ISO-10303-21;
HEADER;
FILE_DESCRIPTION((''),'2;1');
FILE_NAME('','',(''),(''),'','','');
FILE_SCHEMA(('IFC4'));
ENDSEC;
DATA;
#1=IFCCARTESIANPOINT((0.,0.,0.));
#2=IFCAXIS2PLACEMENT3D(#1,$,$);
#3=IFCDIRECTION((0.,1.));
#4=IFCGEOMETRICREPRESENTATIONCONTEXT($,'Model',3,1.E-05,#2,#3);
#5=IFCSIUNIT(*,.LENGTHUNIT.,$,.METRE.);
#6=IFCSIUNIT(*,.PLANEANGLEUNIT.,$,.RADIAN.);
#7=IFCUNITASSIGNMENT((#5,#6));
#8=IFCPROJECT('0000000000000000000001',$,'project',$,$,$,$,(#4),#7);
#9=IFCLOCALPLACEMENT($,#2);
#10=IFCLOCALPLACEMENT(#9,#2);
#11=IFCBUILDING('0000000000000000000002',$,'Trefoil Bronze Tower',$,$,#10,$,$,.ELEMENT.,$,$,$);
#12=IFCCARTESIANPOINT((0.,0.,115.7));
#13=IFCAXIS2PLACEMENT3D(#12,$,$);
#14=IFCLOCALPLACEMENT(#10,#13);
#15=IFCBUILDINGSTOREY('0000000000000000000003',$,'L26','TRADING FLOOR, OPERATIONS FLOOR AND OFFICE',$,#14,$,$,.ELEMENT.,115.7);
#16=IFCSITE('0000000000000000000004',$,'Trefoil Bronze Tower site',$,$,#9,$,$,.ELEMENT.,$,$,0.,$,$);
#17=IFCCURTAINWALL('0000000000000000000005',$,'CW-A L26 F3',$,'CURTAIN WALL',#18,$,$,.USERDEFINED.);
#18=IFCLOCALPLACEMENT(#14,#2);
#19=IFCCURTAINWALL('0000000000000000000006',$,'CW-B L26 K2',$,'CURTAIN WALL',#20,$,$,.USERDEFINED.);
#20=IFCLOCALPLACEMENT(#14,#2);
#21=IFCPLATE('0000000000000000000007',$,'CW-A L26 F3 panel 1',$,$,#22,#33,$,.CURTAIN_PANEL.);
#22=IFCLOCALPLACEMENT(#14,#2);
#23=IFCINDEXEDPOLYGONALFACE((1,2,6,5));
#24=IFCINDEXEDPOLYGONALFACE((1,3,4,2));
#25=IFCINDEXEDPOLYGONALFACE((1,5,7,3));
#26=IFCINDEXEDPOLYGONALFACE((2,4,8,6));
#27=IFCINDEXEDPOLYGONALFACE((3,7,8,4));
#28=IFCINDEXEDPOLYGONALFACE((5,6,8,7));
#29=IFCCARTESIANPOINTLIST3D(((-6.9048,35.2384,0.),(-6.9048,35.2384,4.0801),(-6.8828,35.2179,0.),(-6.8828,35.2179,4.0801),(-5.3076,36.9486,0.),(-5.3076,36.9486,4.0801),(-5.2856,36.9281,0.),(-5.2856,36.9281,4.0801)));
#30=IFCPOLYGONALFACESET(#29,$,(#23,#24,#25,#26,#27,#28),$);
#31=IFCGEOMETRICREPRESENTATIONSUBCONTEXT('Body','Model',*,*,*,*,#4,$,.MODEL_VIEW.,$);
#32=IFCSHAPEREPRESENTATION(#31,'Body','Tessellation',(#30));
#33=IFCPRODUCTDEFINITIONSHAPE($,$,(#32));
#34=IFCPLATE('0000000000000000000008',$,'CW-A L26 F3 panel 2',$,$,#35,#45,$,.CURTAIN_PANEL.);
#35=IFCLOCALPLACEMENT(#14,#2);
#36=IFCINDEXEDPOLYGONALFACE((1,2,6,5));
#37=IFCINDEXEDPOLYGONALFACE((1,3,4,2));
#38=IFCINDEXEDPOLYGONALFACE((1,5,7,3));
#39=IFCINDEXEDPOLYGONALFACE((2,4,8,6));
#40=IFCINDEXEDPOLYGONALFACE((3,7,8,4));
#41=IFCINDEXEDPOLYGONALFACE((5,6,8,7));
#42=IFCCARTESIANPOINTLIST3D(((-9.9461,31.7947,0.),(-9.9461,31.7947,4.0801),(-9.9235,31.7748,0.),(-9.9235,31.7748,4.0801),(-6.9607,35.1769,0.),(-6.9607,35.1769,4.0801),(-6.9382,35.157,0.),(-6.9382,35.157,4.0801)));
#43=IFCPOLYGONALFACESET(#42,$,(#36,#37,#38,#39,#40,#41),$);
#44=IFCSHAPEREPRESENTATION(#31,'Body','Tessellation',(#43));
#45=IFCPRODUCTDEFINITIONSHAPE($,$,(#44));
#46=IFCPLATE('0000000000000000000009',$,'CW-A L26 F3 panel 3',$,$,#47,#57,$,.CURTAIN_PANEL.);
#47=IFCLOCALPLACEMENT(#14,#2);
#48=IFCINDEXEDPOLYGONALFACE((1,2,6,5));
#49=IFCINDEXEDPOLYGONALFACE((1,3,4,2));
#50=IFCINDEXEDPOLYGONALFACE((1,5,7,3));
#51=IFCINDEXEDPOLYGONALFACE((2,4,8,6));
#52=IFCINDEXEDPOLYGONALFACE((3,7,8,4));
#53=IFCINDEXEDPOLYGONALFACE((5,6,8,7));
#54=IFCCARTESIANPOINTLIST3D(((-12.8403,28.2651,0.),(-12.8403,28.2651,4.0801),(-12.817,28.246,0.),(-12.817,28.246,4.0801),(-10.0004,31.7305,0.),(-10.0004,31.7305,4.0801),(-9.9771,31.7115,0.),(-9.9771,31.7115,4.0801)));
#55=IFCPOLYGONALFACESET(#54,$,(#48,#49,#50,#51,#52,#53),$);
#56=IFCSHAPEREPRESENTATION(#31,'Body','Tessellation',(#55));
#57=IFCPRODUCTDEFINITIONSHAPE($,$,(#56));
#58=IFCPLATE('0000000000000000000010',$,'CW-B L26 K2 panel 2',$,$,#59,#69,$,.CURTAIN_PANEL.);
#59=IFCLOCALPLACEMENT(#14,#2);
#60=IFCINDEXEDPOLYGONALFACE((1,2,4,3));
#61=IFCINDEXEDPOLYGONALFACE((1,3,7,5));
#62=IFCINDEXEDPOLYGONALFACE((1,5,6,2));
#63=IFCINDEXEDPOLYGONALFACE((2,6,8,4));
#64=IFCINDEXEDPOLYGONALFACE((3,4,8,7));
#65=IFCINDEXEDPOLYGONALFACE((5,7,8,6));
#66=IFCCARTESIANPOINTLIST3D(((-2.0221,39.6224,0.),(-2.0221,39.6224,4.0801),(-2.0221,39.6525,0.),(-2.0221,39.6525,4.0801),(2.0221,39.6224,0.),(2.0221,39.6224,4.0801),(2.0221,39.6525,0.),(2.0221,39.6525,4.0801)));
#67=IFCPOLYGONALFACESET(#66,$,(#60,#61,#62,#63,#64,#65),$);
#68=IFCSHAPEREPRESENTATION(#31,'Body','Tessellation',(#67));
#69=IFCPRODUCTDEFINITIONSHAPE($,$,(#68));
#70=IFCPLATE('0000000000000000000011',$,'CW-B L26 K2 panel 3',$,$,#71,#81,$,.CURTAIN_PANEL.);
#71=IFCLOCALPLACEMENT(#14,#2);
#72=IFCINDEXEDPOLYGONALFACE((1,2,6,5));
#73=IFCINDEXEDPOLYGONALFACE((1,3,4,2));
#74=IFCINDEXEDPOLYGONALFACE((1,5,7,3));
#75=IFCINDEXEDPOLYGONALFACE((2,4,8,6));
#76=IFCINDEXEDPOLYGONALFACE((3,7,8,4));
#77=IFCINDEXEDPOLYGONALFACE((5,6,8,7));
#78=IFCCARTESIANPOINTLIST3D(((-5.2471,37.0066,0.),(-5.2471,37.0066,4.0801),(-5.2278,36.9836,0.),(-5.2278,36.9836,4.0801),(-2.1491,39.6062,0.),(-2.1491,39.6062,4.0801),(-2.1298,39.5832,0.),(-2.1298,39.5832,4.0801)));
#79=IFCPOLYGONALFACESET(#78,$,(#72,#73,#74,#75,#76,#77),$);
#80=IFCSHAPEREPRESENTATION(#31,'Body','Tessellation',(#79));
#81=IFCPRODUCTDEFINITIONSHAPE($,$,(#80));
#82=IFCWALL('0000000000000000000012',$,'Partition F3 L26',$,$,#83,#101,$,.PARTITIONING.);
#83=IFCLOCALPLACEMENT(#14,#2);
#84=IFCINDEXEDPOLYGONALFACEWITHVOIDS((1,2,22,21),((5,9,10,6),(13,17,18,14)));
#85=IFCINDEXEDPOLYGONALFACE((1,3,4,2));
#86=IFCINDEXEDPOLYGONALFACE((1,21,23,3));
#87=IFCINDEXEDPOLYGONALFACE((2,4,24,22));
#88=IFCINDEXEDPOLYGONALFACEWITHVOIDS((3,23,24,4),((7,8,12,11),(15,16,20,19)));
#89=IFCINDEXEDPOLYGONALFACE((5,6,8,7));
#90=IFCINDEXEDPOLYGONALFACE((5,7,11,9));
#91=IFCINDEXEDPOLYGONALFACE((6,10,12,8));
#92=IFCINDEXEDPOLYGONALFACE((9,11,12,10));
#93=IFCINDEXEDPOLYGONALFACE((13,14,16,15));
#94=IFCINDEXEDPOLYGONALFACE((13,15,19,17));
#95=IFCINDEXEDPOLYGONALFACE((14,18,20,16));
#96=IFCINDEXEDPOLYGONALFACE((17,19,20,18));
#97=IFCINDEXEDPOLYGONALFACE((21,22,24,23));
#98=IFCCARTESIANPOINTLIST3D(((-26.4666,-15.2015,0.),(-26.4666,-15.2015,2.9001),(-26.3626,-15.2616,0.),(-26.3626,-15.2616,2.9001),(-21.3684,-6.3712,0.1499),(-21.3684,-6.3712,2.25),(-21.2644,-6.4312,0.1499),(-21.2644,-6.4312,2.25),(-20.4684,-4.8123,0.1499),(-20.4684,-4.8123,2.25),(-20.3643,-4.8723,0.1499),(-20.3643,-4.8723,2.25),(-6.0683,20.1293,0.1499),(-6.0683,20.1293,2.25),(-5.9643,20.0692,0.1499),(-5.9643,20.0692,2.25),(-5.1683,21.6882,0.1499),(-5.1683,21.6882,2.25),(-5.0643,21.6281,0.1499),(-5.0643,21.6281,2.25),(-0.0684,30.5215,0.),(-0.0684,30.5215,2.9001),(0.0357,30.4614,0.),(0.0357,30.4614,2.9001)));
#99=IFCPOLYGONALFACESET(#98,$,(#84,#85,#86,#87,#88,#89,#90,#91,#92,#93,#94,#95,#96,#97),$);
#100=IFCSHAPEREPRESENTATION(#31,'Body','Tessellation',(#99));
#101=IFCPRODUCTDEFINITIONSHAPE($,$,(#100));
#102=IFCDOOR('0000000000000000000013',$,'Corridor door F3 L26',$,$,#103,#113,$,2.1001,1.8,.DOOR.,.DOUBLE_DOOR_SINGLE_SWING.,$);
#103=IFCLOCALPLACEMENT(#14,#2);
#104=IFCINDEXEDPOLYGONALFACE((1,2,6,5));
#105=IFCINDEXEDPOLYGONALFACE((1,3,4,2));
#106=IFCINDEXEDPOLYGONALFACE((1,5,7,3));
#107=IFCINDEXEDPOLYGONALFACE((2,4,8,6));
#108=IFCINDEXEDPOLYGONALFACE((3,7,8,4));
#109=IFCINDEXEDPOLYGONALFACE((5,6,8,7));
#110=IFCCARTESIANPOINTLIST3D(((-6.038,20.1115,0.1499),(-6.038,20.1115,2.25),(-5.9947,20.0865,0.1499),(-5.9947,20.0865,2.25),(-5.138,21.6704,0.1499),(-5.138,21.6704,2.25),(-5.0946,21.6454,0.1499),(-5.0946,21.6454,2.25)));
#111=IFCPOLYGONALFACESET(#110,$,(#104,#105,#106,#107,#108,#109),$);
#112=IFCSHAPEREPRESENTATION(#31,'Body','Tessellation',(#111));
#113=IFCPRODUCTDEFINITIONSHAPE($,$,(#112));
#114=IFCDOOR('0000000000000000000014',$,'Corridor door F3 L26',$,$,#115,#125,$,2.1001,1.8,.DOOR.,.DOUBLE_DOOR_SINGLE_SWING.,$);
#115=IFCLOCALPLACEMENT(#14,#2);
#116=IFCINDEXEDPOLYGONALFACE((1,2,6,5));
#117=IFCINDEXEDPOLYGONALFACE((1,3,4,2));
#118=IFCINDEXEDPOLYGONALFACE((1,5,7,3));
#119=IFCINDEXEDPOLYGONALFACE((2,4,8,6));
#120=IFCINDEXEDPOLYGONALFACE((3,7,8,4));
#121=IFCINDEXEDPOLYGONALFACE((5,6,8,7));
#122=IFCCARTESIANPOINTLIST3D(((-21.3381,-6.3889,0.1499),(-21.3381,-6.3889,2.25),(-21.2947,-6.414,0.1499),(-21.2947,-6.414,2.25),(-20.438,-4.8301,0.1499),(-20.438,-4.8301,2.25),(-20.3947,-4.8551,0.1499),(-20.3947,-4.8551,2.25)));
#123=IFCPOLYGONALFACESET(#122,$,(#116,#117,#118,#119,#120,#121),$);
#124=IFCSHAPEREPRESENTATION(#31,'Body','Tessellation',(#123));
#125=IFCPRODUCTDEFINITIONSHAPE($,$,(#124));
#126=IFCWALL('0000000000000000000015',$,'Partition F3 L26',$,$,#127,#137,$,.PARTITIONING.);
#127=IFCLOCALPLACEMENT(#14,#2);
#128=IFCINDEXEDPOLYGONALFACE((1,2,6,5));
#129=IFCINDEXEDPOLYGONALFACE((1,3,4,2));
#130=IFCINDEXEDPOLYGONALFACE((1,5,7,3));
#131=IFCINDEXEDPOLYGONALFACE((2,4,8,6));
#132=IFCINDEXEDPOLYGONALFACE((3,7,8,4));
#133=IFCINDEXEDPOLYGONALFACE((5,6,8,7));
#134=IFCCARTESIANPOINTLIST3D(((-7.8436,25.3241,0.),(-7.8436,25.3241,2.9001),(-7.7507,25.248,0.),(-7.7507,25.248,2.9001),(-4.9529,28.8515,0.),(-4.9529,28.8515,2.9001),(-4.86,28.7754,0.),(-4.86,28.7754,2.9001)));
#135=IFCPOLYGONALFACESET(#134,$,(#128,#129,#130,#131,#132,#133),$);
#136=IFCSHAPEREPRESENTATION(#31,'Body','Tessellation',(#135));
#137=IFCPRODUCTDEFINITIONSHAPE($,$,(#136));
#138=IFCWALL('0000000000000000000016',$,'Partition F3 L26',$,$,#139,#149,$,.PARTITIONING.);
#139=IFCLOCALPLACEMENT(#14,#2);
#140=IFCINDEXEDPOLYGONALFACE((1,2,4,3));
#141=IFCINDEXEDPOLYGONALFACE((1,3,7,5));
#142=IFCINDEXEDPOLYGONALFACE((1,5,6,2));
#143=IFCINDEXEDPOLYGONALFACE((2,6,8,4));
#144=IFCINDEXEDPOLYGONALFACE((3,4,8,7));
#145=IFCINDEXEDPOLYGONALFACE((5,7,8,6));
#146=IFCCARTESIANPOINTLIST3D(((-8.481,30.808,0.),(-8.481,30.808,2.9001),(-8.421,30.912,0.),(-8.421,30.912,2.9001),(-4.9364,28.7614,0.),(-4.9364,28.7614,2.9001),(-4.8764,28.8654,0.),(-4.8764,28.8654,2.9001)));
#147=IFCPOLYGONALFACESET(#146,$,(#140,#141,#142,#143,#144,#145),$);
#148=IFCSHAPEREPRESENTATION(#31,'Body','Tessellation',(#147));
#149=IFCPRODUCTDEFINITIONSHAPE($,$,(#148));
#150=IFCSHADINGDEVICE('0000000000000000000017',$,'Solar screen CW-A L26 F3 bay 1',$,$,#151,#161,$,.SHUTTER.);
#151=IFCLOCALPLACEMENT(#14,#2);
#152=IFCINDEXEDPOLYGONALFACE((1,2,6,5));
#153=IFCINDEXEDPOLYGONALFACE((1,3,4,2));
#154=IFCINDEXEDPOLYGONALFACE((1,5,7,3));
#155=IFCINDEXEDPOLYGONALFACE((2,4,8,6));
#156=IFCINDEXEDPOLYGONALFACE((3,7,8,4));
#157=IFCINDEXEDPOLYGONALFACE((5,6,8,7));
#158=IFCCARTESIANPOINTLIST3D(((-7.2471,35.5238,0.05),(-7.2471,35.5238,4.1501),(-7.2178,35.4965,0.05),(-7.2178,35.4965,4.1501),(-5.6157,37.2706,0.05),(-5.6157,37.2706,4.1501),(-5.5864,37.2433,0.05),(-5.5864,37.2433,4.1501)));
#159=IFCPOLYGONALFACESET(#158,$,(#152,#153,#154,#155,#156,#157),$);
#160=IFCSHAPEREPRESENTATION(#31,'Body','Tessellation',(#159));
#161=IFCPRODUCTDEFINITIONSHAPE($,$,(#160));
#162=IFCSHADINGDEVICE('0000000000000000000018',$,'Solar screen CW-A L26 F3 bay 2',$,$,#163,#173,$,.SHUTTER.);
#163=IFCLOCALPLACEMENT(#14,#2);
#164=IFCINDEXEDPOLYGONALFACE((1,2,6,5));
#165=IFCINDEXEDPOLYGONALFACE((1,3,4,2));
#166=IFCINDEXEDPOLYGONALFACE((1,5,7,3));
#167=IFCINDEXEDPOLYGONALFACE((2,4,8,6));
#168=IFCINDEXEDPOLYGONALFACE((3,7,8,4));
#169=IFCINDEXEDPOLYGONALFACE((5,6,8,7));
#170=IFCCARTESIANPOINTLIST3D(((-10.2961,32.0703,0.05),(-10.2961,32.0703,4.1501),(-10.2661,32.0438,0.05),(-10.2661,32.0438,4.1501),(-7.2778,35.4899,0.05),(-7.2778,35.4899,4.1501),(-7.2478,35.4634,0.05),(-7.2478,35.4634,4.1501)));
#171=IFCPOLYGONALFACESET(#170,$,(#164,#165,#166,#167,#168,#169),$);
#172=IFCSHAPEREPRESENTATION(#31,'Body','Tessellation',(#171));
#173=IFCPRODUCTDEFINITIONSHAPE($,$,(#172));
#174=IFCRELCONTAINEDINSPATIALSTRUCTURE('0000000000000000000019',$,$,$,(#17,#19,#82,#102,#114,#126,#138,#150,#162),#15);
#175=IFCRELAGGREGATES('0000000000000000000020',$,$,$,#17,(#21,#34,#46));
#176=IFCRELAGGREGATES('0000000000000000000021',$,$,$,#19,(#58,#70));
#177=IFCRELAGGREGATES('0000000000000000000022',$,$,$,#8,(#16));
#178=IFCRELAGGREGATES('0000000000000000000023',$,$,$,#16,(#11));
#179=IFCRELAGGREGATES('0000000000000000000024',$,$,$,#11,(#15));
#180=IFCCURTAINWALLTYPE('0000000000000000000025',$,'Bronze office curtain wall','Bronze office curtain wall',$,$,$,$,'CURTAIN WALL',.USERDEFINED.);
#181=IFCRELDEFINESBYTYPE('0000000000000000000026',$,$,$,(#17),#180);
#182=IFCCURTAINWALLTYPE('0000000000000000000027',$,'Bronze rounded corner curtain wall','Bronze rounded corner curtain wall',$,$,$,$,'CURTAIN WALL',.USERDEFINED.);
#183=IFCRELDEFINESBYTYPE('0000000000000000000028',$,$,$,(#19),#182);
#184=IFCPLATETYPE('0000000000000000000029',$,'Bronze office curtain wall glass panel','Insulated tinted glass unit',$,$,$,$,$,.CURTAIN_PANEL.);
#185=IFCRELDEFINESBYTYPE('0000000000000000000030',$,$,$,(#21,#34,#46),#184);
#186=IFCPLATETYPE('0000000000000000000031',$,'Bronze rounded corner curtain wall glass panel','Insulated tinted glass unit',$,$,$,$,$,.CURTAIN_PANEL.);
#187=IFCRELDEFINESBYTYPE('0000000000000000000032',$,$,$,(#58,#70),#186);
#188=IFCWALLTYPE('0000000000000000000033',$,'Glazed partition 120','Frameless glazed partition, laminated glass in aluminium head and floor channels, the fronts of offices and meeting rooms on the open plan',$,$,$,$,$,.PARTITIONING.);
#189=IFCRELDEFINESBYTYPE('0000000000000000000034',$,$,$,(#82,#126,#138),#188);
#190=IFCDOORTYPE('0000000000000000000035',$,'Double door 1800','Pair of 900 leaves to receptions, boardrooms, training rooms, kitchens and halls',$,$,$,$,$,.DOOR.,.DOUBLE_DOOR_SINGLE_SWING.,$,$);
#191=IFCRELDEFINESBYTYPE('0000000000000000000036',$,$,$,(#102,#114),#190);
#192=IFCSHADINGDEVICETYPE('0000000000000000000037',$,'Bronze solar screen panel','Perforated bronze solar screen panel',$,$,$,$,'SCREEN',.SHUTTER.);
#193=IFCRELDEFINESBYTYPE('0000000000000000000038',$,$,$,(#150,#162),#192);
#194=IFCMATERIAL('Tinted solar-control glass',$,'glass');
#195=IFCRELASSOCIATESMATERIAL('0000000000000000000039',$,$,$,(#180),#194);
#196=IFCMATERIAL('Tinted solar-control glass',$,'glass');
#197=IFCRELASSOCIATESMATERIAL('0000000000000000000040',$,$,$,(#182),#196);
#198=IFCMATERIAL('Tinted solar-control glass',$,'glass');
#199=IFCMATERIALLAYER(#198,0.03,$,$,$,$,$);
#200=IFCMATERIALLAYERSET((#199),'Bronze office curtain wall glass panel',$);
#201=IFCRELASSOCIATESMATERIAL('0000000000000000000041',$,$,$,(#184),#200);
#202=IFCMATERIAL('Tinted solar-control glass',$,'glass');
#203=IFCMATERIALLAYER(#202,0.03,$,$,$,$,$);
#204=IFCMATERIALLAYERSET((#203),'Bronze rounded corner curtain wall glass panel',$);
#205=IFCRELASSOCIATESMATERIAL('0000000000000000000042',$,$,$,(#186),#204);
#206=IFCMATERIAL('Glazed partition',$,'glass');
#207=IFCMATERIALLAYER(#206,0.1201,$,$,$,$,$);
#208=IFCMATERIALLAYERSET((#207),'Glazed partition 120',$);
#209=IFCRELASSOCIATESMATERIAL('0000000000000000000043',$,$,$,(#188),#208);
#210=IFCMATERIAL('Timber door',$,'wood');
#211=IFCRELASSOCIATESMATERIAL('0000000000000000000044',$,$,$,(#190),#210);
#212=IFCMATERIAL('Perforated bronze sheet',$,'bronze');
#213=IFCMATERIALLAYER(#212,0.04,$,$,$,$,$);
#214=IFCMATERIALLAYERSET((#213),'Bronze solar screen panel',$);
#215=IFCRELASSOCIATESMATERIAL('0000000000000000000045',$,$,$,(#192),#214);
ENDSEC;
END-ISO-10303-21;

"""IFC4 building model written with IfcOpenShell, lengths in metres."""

from ifc_helpers import new_model, si_unit, direction, frame, frame_2d, origin, origin_2d, place, context, subcontext, project, spatial, rectangle, extrude, material, layer, layer_set, type_object, element, fill, aggregate, save


model = new_model("IFC4")

# Units and contexts
model_context = context("Model", 3, precision=1e-05, world=origin(), true_north=direction((0.0, 1.0)))
body_context = subcontext(model_context, "Body", "Model", "MODEL_VIEW")
ifc_project = project(units=[si_unit("LENGTHUNIT", "METRE"), si_unit("PLANEANGLEUNIT", "RADIAN")], contexts=[model_context])

# Site, building, storey
site_placement = place(None, origin())
site = spatial("IfcSite", under=ifc_project, at=site_placement, Name="Trefoil Bronze Tower site", CompositionType="ELEMENT", RefElevation=0.0)
building_placement = place(site_placement, origin())
building = spatial("IfcBuilding", under=site, at=building_placement, Name="Trefoil Bronze Tower", CompositionType="ELEMENT")
storey_placement = place(building_placement, frame((0.0, 0.0, 115.7)))
storey = spatial("IfcBuildingStorey", under=building, at=storey_placement, Name="L26", Description="TRADING FLOOR, OPERATIONS FLOOR AND OFFICE", CompositionType="ELEMENT", Elevation=115.7)

# Curtain walls
ifc_material_1 = material(Name="Tinted solar-control glass", Category="glass")
curtain_wall_type_1 = type_object("IfcCurtainWallType", Name="Bronze office curtain wall", Description="Bronze office curtain wall", ElementType="CURTAIN WALL", PredefinedType="USERDEFINED", material=ifc_material_1)
curtain_wall_1_placement = place(storey_placement, origin())
curtain_wall_1 = element("IfcCurtainWall", 1, at=curtain_wall_1_placement, inside=storey, type_object=curtain_wall_type_1, Name="CW-A L26 F3", ObjectType="CURTAIN WALL", PredefinedType="USERDEFINED")
ifc_material_2 = material(Name="Tinted solar-control glass", Category="glass")
curtain_wall_type_2 = type_object("IfcCurtainWallType", Name="Bronze rounded corner curtain wall", Description="Bronze rounded corner curtain wall", ElementType="CURTAIN WALL", PredefinedType="USERDEFINED", material=ifc_material_2)
curtain_wall_2_placement = place(storey_placement, origin())
curtain_wall_2 = element("IfcCurtainWall", 2, at=curtain_wall_2_placement, inside=storey, type_object=curtain_wall_type_2, Name="CW-B L26 K2", ObjectType="CURTAIN WALL", PredefinedType="USERDEFINED")

# Plates
ifc_material_3 = material(Name="Tinted solar-control glass", Category="glass")
ifc_layer_1 = layer(ifc_material_3, 0.03)
ifc_layer_set_1 = layer_set([ifc_layer_1], Name="Bronze office curtain wall glass panel")
plate_type_1 = type_object("IfcPlateType", Name="Bronze office curtain wall glass panel", Description="Insulated tinted glass unit", PredefinedType="CURTAIN_PANEL", material=ifc_layer_set_1)
plate_1_placement = place(storey_placement, frame((-6.0952, 36.0833, 0.0), z_axis=(0.0, 0.0, 1.0), x_axis=(-0.682536, -0.730852, 0.0)))
plate_1 = element("IfcPlate", 3, at=plate_1_placement, type_object=plate_type_1, Name="CW-A L26 F3 panel 1", PredefinedType="CURTAIN_PANEL", context=body_context, shape_type="SweptSolid", body=[
    extrude(rectangle(XDim=2.3401, YDim=0.03, at=origin_2d()), origin(), (0.0, 0.0, 1.0), 4.0801),
])
plate_2_placement = place(storey_placement, frame((-8.4421, 33.4758, 0.0), z_axis=(0.0, 0.0, 1.0), x_axis=(-0.661751, -0.749723, 0.0)))
plate_2 = element("IfcPlate", 4, at=plate_2_placement, type_object=plate_type_1, Name="CW-A L26 F3 panel 2", PredefinedType="CURTAIN_PANEL", context=body_context, shape_type="SweptSolid", body=[
    extrude(rectangle(XDim=4.5112, YDim=0.03, at=origin_2d()), origin(), (0.0, 0.0, 1.0), 4.0801),
])
plate_3_placement = place(storey_placement, frame((-11.4087, 29.9883, 0.0), z_axis=(0.0, 0.0, 1.0), x_axis=(-0.63384, -0.773464, 0.0)))
plate_3 = element("IfcPlate", 5, at=plate_3_placement, type_object=plate_type_1, Name="CW-A L26 F3 panel 3", PredefinedType="CURTAIN_PANEL", context=body_context, shape_type="SweptSolid", body=[
    extrude(rectangle(XDim=4.4805, YDim=0.03, at=origin_2d()), origin(), (0.0, 0.0, 1.0), 4.0801),
])
aggregate(curtain_wall_1, [plate_1, plate_2, plate_3])
ifc_material_4 = material(Name="Tinted solar-control glass", Category="glass")
ifc_layer_2 = layer(ifc_material_4, 0.03)
ifc_layer_set_2 = layer_set([ifc_layer_2], Name="Bronze rounded corner curtain wall glass panel")
plate_type_2 = type_object("IfcPlateType", Name="Bronze rounded corner curtain wall glass panel", Description="Insulated tinted glass unit", PredefinedType="CURTAIN_PANEL", material=ifc_layer_set_2)
plate_4_placement = place(storey_placement, frame((0.0, 39.6375, 0.0), z_axis=(0.0, 0.0, 1.0), x_axis=(-1.0, 0.0, 0.0)))
plate_4 = element("IfcPlate", 6, at=plate_4_placement, type_object=plate_type_2, Name="CW-B L26 K2 panel 2", PredefinedType="CURTAIN_PANEL", context=body_context, shape_type="SweptSolid", body=[
    extrude(rectangle(XDim=4.0442, YDim=0.03, at=origin_2d()), origin(), (0.0, 0.0, 1.0), 4.0801),
])
plate_5_placement = place(storey_placement, frame((-3.6885, 38.2949, 0.0), z_axis=(0.0, 0.0, 1.0), x_axis=(-0.766044, -0.642788, 0.0)))
plate_5 = element("IfcPlate", 7, at=plate_5_placement, type_object=plate_type_2, Name="CW-B L26 K2 panel 3", PredefinedType="CURTAIN_PANEL", context=body_context, shape_type="SweptSolid", body=[
    extrude(rectangle(XDim=4.0442, YDim=0.03, at=origin_2d()), origin(), (0.0, 0.0, 1.0), 4.0801),
])
aggregate(curtain_wall_2, [plate_4, plate_5])

# Wall, openings, doors
ifc_material_5 = material(Name="Glazed partition", Category="glass")
ifc_layer_3 = layer(ifc_material_5, 0.1201)
ifc_layer_set_3 = layer_set([ifc_layer_3], Name="Glazed partition 120")
wall_type = type_object("IfcWallType", Name="Glazed partition 120", Description="Frameless glazed partition, laminated glass in aluminium head and floor channels, the fronts of offices and meeting rooms on the open plan", PredefinedType="PARTITIONING", material=ifc_layer_set_3)
wall_1_placement = place(storey_placement, frame((-0.0164, 30.4915, 0.0), z_axis=(0.0, 0.0, 1.0), x_axis=(-0.500001, -0.866025, 0.0)))
wall_1 = element("IfcWall", 8, at=wall_1_placement, inside=storey, type_object=wall_type, Name="Partition F3 L26", PredefinedType="PARTITIONING", context=body_context, shape_type="SweptSolid", body=[
    extrude(rectangle(XDim=52.7964, YDim=0.1201, at=frame_2d((26.3982, 0.0))), origin(), (0.0, 0.0, 1.0), 2.9001),
])
opening_1_placement = place(wall_1_placement, frame((10.2, 0.0, 0.1499)))
opening_1 = element("IfcOpeningElement", 9, at=opening_1_placement, cuts=wall_1, PredefinedType="OPENING", context=body_context, shape_type="SweptSolid", body=[
    extrude(rectangle(XDim=1.8, YDim=2.1001, at=frame_2d((0.8999, 1.05))), frame((0.0, 0.0701, 0.0), z_axis=(0.0, -1.0, 0.0), x_axis=(1.0, 0.0, 0.0)), (0.0, 0.0, 1.0), 0.1401),
])
opening_2_placement = place(wall_1_placement, frame((40.8, 0.0, 0.1499)))
opening_2 = element("IfcOpeningElement", 10, at=opening_2_placement, cuts=wall_1, PredefinedType="OPENING", context=body_context, shape_type="SweptSolid", body=[
    extrude(rectangle(XDim=1.8, YDim=2.1001, at=frame_2d((0.8999, 1.05))), frame((0.0, 0.0701, 0.0), z_axis=(0.0, -1.0, 0.0), x_axis=(1.0, 0.0, 0.0)), (0.0, 0.0, 1.0), 0.1401),
])
ifc_material_6 = material(Name="Timber door", Category="wood")
door_type = type_object("IfcDoorType", Name="Double door 1800", Description="Pair of 900 leaves to receptions, boardrooms, training rooms, kitchens and halls", OperationType="DOUBLE_DOOR_SINGLE_SWING", PredefinedType="DOOR", material=ifc_material_6)
door_1_placement = place(opening_1_placement, frame((1.8, 0.0, 0.0), z_axis=(0.0, 0.0, 1.0), x_axis=(-1.0, 0.0, 0.0)))
door_1 = element("IfcDoor", 11, at=door_1_placement, inside=storey, type_object=door_type, Name="Corridor door F3 L26", OperationType="DOUBLE_DOOR_SINGLE_SWING", OverallHeight=2.1001, OverallWidth=1.8, PredefinedType="DOOR", context=body_context, shape_type="SweptSolid", body=[
    extrude(rectangle(XDim=1.8, YDim=2.1001, at=frame_2d((0.8999, 1.05))), frame((0.0, 0.0249, 0.0), z_axis=(0.0, -1.0, 0.0), x_axis=(1.0, 0.0, 0.0)), (0.0, 0.0, 1.0), 0.05),
])
fill(opening_1, door_1)
door_2_placement = place(opening_2_placement, frame((1.8, 0.0, 0.0), z_axis=(0.0, 0.0, 1.0), x_axis=(-1.0, 0.0, 0.0)))
door_2 = element("IfcDoor", 12, at=door_2_placement, inside=storey, type_object=door_type, Name="Corridor door F3 L26", OperationType="DOUBLE_DOOR_SINGLE_SWING", OverallHeight=2.1001, OverallWidth=1.8, PredefinedType="DOOR", context=body_context, shape_type="SweptSolid", body=[
    extrude(rectangle(XDim=1.8, YDim=2.1001, at=frame_2d((0.8999, 1.05))), frame((0.0, 0.0249, 0.0), z_axis=(0.0, -1.0, 0.0), x_axis=(1.0, 0.0, 0.0)), (0.0, 0.0, 1.0), 0.05),
])
fill(opening_2, door_2)

# Walls
wall_2_placement = place(storey_placement, frame((-4.9065, 28.8135, 0.0), z_axis=(0.0, 0.0, 1.0), x_axis=(-0.633844, -0.773461, 0.0)))
element("IfcWall", 13, at=wall_2_placement, inside=storey, type_object=wall_type, Name="Partition F3 L26", PredefinedType="PARTITIONING", context=body_context, shape_type="SweptSolid", body=[
    extrude(rectangle(XDim=4.5605, YDim=0.1201, at=frame_2d((2.2803, 0.0))), origin(), (0.0, 0.0, 1.0), 2.9001),
])
wall_3_placement = place(storey_placement, frame((-4.9065, 28.8135, 0.0), z_axis=(0.0, 0.0, 1.0), x_axis=(-0.866014, 0.50002, 0.0)))
element("IfcWall", 14, at=wall_3_placement, inside=storey, type_object=wall_type, Name="Partition F3 L26", PredefinedType="PARTITIONING", context=body_context, shape_type="SweptSolid", body=[
    extrude(rectangle(XDim=4.093, YDim=0.1201, at=frame_2d((2.0464, 0.0))), origin(), (0.0, 0.0, 1.0), 2.9001),
])

# Shading devices
ifc_material_7 = material(Name="Perforated bronze sheet", Category="bronze")
ifc_layer_4 = layer(ifc_material_7, 0.04)
ifc_layer_set_4 = layer_set([ifc_layer_4], Name="Bronze solar screen panel")
shading_device_type = type_object("IfcShadingDeviceType", Name="Bronze solar screen panel", Description="Perforated bronze solar screen panel", ElementType="SCREEN", PredefinedType="SHUTTER", material=ifc_layer_set_4)
shading_device_1_placement = place(storey_placement, frame((-6.4167, 36.3835, 0.05), z_axis=(0.0, 0.0, 1.0), x_axis=(-0.682536, -0.730852, 0.0)))
element("IfcShadingDevice", 15, at=shading_device_1_placement, inside=storey, type_object=shading_device_type, Name="Solar screen CW-A L26 F3 bay 1", PredefinedType="SHUTTER", context=body_context, shape_type="SweptSolid", body=[
    extrude(rectangle(XDim=2.3901, YDim=0.04, at=origin_2d()), origin(), (0.0, 0.0, 1.0), 4.1001),
])
shading_device_2_placement = place(storey_placement, frame((-8.772, 33.7668, 0.05), z_axis=(0.0, 0.0, 1.0), x_axis=(-0.661751, -0.749723, 0.0)))
element("IfcShadingDevice", 16, at=shading_device_2_placement, inside=storey, type_object=shading_device_type, Name="Solar screen CW-A L26 F3 bay 2", PredefinedType="SHUTTER", context=body_context, shape_type="SweptSolid", body=[
    extrude(rectangle(XDim=4.561, YDim=0.04, at=origin_2d()), origin(), (0.0, 0.0, 1.0), 4.1001),
])

save(model, "model.ifc")
